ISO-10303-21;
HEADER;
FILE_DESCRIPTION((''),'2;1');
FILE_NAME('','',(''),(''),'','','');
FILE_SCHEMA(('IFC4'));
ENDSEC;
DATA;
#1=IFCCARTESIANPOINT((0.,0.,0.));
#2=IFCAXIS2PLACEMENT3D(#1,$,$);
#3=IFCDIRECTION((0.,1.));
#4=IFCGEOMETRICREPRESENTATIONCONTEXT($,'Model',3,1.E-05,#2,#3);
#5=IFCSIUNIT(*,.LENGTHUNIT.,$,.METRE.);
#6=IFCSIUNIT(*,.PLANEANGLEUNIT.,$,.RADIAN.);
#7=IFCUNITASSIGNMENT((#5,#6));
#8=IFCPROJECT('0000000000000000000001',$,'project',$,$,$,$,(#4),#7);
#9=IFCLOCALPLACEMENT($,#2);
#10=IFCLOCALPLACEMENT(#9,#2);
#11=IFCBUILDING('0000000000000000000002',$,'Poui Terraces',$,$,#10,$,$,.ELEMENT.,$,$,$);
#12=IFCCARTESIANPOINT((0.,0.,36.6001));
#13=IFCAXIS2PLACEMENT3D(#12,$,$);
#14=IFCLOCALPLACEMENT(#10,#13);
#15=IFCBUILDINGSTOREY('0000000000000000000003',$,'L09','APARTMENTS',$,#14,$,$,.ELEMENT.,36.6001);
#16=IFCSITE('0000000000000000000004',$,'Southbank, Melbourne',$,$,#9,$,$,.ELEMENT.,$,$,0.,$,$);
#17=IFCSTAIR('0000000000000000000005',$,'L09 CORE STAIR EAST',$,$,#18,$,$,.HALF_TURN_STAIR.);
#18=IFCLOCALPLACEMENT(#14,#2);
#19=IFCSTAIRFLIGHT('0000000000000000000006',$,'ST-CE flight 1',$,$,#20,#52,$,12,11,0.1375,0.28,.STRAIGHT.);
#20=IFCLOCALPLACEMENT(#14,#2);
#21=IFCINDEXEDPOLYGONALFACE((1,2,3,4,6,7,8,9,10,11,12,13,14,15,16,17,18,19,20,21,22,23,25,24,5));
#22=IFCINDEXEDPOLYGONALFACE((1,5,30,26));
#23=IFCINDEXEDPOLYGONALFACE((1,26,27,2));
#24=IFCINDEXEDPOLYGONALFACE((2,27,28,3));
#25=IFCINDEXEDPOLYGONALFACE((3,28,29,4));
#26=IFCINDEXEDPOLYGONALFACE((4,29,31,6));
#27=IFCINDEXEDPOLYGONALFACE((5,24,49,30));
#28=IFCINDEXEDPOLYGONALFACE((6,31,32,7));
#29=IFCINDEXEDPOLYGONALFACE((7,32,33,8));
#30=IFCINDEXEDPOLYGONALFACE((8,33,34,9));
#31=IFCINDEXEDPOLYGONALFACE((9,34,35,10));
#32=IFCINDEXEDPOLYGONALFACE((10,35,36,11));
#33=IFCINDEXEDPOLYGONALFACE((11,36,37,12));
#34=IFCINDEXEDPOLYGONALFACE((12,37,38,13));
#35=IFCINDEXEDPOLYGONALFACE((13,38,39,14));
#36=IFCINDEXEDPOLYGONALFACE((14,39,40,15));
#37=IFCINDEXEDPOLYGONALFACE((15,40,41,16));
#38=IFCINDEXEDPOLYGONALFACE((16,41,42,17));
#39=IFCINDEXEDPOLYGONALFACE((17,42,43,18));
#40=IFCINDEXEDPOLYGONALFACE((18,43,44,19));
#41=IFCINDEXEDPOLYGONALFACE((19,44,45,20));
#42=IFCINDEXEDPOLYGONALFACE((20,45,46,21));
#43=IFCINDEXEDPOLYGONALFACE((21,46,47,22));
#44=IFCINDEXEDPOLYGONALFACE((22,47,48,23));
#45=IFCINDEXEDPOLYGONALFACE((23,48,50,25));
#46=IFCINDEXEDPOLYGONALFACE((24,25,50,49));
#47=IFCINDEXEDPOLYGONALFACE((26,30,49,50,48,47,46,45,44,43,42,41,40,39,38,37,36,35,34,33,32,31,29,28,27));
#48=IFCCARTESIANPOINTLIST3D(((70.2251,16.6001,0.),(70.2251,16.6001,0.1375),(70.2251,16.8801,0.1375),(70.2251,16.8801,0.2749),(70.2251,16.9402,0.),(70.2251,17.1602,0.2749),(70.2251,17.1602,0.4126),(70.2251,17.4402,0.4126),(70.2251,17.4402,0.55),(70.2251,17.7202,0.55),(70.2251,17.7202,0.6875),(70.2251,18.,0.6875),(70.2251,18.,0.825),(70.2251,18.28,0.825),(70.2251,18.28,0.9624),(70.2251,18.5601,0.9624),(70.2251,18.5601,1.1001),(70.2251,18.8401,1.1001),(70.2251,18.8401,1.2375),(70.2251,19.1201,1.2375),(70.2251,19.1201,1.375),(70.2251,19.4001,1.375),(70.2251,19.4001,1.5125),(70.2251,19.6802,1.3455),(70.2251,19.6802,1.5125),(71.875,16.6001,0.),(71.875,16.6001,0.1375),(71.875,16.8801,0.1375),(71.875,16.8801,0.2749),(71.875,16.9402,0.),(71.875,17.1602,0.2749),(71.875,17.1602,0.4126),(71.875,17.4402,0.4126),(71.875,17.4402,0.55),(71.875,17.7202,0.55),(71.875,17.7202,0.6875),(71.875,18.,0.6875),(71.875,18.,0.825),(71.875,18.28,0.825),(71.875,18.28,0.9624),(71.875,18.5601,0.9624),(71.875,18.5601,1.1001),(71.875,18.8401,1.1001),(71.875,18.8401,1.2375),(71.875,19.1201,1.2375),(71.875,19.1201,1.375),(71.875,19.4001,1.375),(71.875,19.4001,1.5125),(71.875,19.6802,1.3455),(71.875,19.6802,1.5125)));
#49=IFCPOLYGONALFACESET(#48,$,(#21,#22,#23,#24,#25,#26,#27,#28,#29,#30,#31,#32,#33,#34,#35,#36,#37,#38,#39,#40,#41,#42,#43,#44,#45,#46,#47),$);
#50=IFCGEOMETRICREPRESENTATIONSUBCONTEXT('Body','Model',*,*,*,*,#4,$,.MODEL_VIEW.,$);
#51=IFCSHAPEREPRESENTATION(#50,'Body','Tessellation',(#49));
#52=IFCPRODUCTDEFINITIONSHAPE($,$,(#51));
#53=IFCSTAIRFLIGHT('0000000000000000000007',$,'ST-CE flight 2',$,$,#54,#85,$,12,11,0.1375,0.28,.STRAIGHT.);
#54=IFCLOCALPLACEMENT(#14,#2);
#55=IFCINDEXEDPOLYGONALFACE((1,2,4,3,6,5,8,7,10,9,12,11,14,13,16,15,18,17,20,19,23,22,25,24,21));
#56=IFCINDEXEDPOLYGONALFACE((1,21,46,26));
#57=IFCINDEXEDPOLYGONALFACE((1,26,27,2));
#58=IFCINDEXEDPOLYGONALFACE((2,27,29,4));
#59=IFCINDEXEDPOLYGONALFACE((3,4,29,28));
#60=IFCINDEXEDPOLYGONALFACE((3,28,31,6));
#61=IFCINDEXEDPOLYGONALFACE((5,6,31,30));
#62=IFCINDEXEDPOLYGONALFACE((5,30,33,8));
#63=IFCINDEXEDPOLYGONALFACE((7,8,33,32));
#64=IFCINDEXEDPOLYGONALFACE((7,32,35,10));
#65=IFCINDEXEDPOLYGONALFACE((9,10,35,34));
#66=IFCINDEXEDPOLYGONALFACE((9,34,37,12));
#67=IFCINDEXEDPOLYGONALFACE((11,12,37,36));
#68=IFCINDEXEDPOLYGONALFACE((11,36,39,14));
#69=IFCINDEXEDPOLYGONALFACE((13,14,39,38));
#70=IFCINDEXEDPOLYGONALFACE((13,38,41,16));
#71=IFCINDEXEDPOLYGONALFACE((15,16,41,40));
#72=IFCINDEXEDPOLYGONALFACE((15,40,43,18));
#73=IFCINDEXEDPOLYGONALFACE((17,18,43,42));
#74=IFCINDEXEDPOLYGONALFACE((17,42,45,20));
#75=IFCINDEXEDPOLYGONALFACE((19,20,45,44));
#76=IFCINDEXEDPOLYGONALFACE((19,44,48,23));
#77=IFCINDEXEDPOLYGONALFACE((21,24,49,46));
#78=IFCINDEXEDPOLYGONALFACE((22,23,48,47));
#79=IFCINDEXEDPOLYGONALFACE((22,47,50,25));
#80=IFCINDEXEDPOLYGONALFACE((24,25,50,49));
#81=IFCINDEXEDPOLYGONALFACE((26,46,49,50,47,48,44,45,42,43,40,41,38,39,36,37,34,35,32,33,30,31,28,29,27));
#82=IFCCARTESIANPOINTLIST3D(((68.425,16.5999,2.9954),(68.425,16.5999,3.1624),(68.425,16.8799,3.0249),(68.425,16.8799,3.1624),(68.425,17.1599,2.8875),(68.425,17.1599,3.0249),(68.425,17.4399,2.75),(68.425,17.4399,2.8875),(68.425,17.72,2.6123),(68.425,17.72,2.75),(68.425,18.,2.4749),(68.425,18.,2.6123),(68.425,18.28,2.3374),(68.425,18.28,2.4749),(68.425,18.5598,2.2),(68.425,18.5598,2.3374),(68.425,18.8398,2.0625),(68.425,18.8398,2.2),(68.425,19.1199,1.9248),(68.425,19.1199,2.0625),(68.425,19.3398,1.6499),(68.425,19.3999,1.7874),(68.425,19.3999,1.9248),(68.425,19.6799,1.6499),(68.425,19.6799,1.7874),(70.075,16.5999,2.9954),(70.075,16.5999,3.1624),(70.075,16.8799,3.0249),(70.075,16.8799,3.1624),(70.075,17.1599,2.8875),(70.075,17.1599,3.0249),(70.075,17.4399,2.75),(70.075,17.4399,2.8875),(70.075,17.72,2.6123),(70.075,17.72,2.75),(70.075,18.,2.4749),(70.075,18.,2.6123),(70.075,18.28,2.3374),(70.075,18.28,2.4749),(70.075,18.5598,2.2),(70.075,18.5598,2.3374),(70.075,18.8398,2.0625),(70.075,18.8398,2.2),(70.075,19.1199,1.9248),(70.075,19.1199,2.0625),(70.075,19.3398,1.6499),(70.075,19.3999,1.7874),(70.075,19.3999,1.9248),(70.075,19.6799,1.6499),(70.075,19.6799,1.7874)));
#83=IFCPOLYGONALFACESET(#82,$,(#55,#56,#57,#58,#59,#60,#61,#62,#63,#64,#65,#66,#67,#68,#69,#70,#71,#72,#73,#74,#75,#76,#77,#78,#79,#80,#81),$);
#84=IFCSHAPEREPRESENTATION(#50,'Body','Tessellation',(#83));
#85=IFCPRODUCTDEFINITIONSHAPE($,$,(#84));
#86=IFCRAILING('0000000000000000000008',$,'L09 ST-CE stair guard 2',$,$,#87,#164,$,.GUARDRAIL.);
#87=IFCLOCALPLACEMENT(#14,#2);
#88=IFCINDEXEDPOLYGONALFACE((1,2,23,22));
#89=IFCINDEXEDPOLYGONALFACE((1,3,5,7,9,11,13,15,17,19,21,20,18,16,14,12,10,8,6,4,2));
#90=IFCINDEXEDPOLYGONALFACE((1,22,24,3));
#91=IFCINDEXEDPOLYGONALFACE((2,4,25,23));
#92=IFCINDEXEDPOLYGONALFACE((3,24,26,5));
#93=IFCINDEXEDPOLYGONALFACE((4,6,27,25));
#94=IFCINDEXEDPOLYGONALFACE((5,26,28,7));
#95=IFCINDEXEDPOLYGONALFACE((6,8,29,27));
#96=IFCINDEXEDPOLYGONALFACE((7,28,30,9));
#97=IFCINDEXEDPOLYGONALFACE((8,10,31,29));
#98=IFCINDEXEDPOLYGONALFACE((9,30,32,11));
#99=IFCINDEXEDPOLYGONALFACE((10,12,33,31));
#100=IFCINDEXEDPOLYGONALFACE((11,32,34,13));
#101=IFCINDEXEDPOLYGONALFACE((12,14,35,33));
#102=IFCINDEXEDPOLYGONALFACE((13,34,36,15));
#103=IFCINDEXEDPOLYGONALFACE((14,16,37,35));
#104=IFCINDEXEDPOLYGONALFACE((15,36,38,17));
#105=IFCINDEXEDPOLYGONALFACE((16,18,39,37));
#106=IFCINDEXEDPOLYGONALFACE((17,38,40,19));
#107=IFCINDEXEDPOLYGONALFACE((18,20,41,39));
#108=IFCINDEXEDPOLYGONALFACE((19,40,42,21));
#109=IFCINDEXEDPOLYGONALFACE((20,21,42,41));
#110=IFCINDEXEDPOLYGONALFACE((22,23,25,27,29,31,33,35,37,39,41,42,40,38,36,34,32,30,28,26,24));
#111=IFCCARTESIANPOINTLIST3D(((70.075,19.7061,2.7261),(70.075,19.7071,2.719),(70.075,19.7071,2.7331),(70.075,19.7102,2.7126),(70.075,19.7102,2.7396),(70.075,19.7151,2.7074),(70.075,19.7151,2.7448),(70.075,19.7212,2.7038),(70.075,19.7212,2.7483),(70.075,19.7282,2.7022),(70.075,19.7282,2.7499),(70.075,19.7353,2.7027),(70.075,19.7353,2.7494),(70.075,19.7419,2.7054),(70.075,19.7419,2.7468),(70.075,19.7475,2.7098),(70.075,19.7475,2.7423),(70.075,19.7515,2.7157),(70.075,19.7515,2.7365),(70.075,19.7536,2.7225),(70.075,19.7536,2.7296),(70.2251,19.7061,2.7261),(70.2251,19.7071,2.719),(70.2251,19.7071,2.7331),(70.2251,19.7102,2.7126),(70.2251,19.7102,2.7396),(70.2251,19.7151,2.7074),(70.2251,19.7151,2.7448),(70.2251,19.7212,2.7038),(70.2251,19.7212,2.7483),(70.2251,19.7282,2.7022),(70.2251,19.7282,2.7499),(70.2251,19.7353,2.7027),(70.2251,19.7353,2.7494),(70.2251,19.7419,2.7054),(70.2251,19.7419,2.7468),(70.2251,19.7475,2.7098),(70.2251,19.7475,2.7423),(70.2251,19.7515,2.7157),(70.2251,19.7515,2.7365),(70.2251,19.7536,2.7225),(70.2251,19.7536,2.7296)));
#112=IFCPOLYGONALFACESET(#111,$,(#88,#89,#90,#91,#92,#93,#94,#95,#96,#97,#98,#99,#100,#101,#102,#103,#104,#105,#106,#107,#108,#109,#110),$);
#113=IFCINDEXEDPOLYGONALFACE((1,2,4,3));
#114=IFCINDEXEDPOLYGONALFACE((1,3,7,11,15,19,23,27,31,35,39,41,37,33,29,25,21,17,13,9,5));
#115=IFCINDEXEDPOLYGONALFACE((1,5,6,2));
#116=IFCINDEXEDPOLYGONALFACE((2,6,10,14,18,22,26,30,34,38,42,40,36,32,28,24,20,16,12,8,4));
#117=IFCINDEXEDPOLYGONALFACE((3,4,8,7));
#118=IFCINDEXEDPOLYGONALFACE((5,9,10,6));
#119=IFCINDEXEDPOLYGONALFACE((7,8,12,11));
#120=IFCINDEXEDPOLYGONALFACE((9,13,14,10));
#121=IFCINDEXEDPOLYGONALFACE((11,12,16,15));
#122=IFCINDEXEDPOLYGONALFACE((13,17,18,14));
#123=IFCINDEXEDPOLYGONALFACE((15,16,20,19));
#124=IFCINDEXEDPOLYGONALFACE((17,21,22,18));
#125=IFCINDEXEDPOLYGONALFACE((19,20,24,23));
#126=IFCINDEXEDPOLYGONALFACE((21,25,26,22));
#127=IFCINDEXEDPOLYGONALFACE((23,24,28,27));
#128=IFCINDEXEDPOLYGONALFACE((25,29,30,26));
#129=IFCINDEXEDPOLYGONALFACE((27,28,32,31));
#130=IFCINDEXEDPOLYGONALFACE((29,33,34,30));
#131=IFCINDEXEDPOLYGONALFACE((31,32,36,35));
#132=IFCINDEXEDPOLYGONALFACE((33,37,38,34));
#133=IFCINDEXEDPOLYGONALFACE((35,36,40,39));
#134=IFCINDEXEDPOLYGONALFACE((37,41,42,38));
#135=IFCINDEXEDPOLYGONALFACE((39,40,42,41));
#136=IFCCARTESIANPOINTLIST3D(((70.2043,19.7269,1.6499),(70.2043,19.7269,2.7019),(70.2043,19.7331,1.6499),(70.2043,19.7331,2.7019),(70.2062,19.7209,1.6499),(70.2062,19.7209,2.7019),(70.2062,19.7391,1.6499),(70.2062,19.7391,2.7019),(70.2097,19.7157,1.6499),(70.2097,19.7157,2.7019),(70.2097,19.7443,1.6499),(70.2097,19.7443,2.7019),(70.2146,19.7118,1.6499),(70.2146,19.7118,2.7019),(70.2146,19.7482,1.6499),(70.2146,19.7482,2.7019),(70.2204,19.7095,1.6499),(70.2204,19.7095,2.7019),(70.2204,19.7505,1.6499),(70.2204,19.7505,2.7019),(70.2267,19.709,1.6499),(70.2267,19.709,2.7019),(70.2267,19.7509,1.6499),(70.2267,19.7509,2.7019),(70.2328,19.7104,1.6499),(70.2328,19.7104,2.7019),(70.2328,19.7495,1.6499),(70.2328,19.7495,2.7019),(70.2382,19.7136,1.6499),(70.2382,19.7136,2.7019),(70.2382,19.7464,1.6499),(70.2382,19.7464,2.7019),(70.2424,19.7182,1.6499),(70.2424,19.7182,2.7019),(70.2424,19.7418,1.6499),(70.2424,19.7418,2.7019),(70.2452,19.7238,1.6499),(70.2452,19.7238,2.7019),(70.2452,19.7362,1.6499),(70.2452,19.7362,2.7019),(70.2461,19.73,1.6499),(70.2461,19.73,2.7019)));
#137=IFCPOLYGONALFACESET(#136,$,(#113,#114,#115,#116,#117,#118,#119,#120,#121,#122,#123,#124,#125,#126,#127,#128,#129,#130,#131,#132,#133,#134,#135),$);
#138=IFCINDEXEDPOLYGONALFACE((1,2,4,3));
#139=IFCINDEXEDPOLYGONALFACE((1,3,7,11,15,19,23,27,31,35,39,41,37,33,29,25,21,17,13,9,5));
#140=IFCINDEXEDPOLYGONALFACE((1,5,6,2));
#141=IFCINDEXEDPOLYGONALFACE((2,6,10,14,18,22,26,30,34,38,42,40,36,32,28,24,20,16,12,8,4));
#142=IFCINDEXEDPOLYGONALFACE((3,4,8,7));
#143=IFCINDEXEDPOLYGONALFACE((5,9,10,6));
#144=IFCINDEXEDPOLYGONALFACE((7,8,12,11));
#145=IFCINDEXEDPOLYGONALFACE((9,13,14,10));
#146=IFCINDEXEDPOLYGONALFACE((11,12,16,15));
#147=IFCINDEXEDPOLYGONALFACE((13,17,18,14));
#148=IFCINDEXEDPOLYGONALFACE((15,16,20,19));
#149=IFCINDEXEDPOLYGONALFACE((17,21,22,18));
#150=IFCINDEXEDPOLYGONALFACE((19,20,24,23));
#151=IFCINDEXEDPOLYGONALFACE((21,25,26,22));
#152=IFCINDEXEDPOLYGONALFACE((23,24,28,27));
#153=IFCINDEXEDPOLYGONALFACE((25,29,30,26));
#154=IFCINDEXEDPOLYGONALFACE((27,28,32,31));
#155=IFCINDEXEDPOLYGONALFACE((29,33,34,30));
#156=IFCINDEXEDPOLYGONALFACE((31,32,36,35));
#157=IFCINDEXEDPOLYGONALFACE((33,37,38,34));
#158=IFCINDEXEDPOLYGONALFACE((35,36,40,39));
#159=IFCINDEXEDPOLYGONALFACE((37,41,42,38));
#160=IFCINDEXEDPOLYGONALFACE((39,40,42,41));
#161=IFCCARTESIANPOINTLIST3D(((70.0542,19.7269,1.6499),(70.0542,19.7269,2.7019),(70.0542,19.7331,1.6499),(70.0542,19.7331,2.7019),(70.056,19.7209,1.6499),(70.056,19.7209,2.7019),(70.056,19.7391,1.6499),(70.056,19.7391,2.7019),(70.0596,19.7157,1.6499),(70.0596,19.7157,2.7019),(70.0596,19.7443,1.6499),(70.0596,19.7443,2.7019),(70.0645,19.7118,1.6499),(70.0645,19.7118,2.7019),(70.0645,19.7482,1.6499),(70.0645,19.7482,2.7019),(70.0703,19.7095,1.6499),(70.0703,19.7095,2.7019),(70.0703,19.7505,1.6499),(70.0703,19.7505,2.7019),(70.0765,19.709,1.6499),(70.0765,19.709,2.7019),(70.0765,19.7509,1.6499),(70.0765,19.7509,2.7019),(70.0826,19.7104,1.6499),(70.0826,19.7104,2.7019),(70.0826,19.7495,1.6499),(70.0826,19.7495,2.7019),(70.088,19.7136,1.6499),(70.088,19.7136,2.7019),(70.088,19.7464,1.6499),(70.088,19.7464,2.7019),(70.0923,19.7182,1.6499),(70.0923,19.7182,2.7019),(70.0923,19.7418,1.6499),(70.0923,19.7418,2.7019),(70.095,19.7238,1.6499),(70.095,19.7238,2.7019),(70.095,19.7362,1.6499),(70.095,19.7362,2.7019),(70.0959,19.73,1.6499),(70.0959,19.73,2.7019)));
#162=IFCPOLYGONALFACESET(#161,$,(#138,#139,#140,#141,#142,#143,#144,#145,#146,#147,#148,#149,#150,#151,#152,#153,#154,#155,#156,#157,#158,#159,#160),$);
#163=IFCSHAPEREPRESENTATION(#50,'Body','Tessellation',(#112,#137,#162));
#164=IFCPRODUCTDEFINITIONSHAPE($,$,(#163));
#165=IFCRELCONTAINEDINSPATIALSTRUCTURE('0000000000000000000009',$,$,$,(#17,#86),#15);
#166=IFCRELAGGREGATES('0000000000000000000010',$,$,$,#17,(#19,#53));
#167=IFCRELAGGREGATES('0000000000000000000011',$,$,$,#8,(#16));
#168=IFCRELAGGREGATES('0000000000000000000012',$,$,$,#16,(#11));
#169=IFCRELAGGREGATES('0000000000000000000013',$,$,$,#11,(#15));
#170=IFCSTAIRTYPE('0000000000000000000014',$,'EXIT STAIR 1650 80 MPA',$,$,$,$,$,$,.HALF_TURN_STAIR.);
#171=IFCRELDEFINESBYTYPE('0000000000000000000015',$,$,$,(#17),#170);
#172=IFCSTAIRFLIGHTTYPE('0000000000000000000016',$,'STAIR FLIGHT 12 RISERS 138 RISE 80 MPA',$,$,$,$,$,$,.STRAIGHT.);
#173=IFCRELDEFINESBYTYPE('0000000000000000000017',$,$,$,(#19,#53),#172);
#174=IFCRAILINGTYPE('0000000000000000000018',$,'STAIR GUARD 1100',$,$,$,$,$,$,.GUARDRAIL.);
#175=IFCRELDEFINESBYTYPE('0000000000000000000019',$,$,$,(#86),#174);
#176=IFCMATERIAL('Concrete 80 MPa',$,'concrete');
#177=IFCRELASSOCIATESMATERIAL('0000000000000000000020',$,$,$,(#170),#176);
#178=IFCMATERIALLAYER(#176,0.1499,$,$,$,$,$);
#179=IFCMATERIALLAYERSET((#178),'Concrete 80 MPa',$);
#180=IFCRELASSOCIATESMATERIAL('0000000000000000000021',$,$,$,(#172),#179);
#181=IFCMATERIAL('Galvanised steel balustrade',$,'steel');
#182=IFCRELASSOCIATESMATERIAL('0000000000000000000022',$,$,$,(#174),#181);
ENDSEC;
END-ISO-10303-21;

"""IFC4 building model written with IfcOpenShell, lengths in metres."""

from ifc_helpers import new_model, si_unit, direction, frame, origin, origin_2d, place, context, subcontext, project, spatial, polyline, circle, outline, extrude, material, layer, layer_set, type_object, element, aggregate, save


model = new_model("IFC4")

# Units and contexts
model_context = context("Model", 3, precision=1e-05, world=origin(), true_north=direction((0.0, 1.0)))
body_context = subcontext(model_context, "Body", "Model", "MODEL_VIEW")
ifc_project = project(units=[si_unit("LENGTHUNIT", "METRE"), si_unit("PLANEANGLEUNIT", "RADIAN")], contexts=[model_context])

# Site, building, storey
site_placement = place(None, origin())
site = spatial("IfcSite", under=ifc_project, at=site_placement, Name="Southbank, Melbourne", CompositionType="ELEMENT", RefElevation=0.0)
building_placement = place(site_placement, origin())
building = spatial("IfcBuilding", under=site, at=building_placement, Name="Poui Terraces", CompositionType="ELEMENT")
storey_placement = place(building_placement, frame((0.0, 0.0, 36.6001)))
storey = spatial("IfcBuildingStorey", under=building, at=storey_placement, Name="L09", Description="APARTMENTS", CompositionType="ELEMENT", Elevation=36.6001)

# Shared definitions
ifc_material_1 = material(Name="Concrete 80 MPa", Category="concrete")

# Stair, stair flights
stair_type = type_object("IfcStairType", Name="EXIT STAIR 1650 80 MPA", PredefinedType="HALF_TURN_STAIR", material=ifc_material_1)
stair_placement = place(storey_placement, origin())
stair = element("IfcStair", 1, at=stair_placement, inside=storey, type_object=stair_type, Name="L09 CORE STAIR EAST", PredefinedType="HALF_TURN_STAIR")
ifc_layer_1 = layer(ifc_material_1, 0.1499)
ifc_layer_set_1 = layer_set([ifc_layer_1], Name="Concrete 80 MPa")
stair_flight_type = type_object("IfcStairFlightType", Name="STAIR FLIGHT 12 RISERS 138 RISE 80 MPA", PredefinedType="STRAIGHT", material=ifc_layer_set_1)
stair_flight_1_placement = place(storey_placement, frame((71.05, 16.6001, 0.0), z_axis=(0.0, 0.0, 1.0), x_axis=(0.0, 1.0, 0.0)))
stair_flight_1 = element("IfcStairFlight", 2, at=stair_flight_1_placement, type_object=stair_flight_type, Name="ST-CE flight 1", NumberOfRisers=12, NumberOfTreads=11, PredefinedType="STRAIGHT", RiserHeight=0.1375, TreadLength=0.28, context=body_context, shape_type="SweptSolid", body=[
    extrude(outline(polyline([(0.0, 0.0), (0.0, 0.1375), (0.28, 0.1375), (0.28, 0.2749), (0.5601, 0.2749), (0.5601, 0.4126), (0.8401, 0.4126), (0.8401, 0.55), (1.1201, 0.55), (1.1201, 0.6875), (1.3999, 0.6875), (1.3999, 0.825), (1.6799, 0.825), (1.6799, 0.9624), (1.96, 0.9624), (1.96, 1.1001), (2.24, 1.1001), (2.24, 1.2375), (2.52, 1.2375), (2.52, 1.375), (2.8, 1.375), (2.8, 1.5125), (3.0801, 1.5125), (3.0801, 1.6499), (3.0801, 1.3455), (0.3401, 0.0), (0.0, 0.0)])), frame((0.0, 0.825, 0.0), z_axis=(0.0, -1.0, 0.0), x_axis=(1.0, 0.0, 0.0)), (0.0, 0.0, 1.0), 1.6499),
])
stair_flight_2_placement = place(storey_placement, frame((69.25, 19.6799, 1.6499), z_axis=(0.0, 0.0, 1.0), x_axis=(0.0, -1.0, 0.0)))
stair_flight_2 = element("IfcStairFlight", 3, at=stair_flight_2_placement, type_object=stair_flight_type, Name="ST-CE flight 2", NumberOfRisers=12, NumberOfTreads=11, PredefinedType="STRAIGHT", RiserHeight=0.1375, TreadLength=0.28, context=body_context, shape_type="SweptSolid", body=[
    extrude(outline(polyline([(0.0, 0.0), (0.0, 0.1375), (0.28, 0.1375), (0.28, 0.2749), (0.5601, 0.2749), (0.5601, 0.4126), (0.8401, 0.4126), (0.8401, 0.55), (1.1201, 0.55), (1.1201, 0.6875), (1.3999, 0.6875), (1.3999, 0.825), (1.6799, 0.825), (1.6799, 0.9624), (1.96, 0.9624), (1.96, 1.1001), (2.24, 1.1001), (2.24, 1.2375), (2.52, 1.2375), (2.52, 1.375), (2.8, 1.375), (2.8, 1.5125), (3.0801, 1.5125), (3.0801, 1.6499), (3.0801, 1.3455), (0.3401, 0.0), (0.0, 0.0)])), frame((0.0, 0.825, 0.0), z_axis=(0.0, -1.0, 0.0), x_axis=(1.0, 0.0, 0.0)), (0.0, 0.0, 1.0), 1.6499),
])
aggregate(stair, [stair_flight_1, stair_flight_2])

# Railing
ifc_material_2 = material(Name="Galvanised steel balustrade", Category="steel")
railing_type_1 = type_object("IfcRailingType", Name="STAIR GUARD 1100", PredefinedType="GUARDRAIL", material=ifc_material_2)
railing_1_placement = place(storey_placement, frame((70.2251, 19.73, 1.6499)))
element("IfcRailing", 4, at=railing_1_placement, inside=storey, type_object=railing_type_1, Name="L09 ST-CE stair guard 2", PredefinedType="GUARDRAIL", context=body_context, shape_type="SweptSolid", body=[
    extrude(circle(Radius=0.0239, at=origin_2d()), frame((0.0, 0.0, 1.0762), z_axis=(-1.0, 0.0, 0.0), x_axis=(0.0, -1.0, 0.0)), (0.0, 0.0, 1.0), 0.1501),
    extrude(circle(Radius=0.021, at=origin_2d()), origin(), (0.0, 0.0, 1.0), 1.052),
    extrude(circle(Radius=0.021, at=origin_2d()), frame((-0.1501, 0.0, 0.0)), (0.0, 0.0, 1.0), 1.052),
])

save(model, "model.ifc")
